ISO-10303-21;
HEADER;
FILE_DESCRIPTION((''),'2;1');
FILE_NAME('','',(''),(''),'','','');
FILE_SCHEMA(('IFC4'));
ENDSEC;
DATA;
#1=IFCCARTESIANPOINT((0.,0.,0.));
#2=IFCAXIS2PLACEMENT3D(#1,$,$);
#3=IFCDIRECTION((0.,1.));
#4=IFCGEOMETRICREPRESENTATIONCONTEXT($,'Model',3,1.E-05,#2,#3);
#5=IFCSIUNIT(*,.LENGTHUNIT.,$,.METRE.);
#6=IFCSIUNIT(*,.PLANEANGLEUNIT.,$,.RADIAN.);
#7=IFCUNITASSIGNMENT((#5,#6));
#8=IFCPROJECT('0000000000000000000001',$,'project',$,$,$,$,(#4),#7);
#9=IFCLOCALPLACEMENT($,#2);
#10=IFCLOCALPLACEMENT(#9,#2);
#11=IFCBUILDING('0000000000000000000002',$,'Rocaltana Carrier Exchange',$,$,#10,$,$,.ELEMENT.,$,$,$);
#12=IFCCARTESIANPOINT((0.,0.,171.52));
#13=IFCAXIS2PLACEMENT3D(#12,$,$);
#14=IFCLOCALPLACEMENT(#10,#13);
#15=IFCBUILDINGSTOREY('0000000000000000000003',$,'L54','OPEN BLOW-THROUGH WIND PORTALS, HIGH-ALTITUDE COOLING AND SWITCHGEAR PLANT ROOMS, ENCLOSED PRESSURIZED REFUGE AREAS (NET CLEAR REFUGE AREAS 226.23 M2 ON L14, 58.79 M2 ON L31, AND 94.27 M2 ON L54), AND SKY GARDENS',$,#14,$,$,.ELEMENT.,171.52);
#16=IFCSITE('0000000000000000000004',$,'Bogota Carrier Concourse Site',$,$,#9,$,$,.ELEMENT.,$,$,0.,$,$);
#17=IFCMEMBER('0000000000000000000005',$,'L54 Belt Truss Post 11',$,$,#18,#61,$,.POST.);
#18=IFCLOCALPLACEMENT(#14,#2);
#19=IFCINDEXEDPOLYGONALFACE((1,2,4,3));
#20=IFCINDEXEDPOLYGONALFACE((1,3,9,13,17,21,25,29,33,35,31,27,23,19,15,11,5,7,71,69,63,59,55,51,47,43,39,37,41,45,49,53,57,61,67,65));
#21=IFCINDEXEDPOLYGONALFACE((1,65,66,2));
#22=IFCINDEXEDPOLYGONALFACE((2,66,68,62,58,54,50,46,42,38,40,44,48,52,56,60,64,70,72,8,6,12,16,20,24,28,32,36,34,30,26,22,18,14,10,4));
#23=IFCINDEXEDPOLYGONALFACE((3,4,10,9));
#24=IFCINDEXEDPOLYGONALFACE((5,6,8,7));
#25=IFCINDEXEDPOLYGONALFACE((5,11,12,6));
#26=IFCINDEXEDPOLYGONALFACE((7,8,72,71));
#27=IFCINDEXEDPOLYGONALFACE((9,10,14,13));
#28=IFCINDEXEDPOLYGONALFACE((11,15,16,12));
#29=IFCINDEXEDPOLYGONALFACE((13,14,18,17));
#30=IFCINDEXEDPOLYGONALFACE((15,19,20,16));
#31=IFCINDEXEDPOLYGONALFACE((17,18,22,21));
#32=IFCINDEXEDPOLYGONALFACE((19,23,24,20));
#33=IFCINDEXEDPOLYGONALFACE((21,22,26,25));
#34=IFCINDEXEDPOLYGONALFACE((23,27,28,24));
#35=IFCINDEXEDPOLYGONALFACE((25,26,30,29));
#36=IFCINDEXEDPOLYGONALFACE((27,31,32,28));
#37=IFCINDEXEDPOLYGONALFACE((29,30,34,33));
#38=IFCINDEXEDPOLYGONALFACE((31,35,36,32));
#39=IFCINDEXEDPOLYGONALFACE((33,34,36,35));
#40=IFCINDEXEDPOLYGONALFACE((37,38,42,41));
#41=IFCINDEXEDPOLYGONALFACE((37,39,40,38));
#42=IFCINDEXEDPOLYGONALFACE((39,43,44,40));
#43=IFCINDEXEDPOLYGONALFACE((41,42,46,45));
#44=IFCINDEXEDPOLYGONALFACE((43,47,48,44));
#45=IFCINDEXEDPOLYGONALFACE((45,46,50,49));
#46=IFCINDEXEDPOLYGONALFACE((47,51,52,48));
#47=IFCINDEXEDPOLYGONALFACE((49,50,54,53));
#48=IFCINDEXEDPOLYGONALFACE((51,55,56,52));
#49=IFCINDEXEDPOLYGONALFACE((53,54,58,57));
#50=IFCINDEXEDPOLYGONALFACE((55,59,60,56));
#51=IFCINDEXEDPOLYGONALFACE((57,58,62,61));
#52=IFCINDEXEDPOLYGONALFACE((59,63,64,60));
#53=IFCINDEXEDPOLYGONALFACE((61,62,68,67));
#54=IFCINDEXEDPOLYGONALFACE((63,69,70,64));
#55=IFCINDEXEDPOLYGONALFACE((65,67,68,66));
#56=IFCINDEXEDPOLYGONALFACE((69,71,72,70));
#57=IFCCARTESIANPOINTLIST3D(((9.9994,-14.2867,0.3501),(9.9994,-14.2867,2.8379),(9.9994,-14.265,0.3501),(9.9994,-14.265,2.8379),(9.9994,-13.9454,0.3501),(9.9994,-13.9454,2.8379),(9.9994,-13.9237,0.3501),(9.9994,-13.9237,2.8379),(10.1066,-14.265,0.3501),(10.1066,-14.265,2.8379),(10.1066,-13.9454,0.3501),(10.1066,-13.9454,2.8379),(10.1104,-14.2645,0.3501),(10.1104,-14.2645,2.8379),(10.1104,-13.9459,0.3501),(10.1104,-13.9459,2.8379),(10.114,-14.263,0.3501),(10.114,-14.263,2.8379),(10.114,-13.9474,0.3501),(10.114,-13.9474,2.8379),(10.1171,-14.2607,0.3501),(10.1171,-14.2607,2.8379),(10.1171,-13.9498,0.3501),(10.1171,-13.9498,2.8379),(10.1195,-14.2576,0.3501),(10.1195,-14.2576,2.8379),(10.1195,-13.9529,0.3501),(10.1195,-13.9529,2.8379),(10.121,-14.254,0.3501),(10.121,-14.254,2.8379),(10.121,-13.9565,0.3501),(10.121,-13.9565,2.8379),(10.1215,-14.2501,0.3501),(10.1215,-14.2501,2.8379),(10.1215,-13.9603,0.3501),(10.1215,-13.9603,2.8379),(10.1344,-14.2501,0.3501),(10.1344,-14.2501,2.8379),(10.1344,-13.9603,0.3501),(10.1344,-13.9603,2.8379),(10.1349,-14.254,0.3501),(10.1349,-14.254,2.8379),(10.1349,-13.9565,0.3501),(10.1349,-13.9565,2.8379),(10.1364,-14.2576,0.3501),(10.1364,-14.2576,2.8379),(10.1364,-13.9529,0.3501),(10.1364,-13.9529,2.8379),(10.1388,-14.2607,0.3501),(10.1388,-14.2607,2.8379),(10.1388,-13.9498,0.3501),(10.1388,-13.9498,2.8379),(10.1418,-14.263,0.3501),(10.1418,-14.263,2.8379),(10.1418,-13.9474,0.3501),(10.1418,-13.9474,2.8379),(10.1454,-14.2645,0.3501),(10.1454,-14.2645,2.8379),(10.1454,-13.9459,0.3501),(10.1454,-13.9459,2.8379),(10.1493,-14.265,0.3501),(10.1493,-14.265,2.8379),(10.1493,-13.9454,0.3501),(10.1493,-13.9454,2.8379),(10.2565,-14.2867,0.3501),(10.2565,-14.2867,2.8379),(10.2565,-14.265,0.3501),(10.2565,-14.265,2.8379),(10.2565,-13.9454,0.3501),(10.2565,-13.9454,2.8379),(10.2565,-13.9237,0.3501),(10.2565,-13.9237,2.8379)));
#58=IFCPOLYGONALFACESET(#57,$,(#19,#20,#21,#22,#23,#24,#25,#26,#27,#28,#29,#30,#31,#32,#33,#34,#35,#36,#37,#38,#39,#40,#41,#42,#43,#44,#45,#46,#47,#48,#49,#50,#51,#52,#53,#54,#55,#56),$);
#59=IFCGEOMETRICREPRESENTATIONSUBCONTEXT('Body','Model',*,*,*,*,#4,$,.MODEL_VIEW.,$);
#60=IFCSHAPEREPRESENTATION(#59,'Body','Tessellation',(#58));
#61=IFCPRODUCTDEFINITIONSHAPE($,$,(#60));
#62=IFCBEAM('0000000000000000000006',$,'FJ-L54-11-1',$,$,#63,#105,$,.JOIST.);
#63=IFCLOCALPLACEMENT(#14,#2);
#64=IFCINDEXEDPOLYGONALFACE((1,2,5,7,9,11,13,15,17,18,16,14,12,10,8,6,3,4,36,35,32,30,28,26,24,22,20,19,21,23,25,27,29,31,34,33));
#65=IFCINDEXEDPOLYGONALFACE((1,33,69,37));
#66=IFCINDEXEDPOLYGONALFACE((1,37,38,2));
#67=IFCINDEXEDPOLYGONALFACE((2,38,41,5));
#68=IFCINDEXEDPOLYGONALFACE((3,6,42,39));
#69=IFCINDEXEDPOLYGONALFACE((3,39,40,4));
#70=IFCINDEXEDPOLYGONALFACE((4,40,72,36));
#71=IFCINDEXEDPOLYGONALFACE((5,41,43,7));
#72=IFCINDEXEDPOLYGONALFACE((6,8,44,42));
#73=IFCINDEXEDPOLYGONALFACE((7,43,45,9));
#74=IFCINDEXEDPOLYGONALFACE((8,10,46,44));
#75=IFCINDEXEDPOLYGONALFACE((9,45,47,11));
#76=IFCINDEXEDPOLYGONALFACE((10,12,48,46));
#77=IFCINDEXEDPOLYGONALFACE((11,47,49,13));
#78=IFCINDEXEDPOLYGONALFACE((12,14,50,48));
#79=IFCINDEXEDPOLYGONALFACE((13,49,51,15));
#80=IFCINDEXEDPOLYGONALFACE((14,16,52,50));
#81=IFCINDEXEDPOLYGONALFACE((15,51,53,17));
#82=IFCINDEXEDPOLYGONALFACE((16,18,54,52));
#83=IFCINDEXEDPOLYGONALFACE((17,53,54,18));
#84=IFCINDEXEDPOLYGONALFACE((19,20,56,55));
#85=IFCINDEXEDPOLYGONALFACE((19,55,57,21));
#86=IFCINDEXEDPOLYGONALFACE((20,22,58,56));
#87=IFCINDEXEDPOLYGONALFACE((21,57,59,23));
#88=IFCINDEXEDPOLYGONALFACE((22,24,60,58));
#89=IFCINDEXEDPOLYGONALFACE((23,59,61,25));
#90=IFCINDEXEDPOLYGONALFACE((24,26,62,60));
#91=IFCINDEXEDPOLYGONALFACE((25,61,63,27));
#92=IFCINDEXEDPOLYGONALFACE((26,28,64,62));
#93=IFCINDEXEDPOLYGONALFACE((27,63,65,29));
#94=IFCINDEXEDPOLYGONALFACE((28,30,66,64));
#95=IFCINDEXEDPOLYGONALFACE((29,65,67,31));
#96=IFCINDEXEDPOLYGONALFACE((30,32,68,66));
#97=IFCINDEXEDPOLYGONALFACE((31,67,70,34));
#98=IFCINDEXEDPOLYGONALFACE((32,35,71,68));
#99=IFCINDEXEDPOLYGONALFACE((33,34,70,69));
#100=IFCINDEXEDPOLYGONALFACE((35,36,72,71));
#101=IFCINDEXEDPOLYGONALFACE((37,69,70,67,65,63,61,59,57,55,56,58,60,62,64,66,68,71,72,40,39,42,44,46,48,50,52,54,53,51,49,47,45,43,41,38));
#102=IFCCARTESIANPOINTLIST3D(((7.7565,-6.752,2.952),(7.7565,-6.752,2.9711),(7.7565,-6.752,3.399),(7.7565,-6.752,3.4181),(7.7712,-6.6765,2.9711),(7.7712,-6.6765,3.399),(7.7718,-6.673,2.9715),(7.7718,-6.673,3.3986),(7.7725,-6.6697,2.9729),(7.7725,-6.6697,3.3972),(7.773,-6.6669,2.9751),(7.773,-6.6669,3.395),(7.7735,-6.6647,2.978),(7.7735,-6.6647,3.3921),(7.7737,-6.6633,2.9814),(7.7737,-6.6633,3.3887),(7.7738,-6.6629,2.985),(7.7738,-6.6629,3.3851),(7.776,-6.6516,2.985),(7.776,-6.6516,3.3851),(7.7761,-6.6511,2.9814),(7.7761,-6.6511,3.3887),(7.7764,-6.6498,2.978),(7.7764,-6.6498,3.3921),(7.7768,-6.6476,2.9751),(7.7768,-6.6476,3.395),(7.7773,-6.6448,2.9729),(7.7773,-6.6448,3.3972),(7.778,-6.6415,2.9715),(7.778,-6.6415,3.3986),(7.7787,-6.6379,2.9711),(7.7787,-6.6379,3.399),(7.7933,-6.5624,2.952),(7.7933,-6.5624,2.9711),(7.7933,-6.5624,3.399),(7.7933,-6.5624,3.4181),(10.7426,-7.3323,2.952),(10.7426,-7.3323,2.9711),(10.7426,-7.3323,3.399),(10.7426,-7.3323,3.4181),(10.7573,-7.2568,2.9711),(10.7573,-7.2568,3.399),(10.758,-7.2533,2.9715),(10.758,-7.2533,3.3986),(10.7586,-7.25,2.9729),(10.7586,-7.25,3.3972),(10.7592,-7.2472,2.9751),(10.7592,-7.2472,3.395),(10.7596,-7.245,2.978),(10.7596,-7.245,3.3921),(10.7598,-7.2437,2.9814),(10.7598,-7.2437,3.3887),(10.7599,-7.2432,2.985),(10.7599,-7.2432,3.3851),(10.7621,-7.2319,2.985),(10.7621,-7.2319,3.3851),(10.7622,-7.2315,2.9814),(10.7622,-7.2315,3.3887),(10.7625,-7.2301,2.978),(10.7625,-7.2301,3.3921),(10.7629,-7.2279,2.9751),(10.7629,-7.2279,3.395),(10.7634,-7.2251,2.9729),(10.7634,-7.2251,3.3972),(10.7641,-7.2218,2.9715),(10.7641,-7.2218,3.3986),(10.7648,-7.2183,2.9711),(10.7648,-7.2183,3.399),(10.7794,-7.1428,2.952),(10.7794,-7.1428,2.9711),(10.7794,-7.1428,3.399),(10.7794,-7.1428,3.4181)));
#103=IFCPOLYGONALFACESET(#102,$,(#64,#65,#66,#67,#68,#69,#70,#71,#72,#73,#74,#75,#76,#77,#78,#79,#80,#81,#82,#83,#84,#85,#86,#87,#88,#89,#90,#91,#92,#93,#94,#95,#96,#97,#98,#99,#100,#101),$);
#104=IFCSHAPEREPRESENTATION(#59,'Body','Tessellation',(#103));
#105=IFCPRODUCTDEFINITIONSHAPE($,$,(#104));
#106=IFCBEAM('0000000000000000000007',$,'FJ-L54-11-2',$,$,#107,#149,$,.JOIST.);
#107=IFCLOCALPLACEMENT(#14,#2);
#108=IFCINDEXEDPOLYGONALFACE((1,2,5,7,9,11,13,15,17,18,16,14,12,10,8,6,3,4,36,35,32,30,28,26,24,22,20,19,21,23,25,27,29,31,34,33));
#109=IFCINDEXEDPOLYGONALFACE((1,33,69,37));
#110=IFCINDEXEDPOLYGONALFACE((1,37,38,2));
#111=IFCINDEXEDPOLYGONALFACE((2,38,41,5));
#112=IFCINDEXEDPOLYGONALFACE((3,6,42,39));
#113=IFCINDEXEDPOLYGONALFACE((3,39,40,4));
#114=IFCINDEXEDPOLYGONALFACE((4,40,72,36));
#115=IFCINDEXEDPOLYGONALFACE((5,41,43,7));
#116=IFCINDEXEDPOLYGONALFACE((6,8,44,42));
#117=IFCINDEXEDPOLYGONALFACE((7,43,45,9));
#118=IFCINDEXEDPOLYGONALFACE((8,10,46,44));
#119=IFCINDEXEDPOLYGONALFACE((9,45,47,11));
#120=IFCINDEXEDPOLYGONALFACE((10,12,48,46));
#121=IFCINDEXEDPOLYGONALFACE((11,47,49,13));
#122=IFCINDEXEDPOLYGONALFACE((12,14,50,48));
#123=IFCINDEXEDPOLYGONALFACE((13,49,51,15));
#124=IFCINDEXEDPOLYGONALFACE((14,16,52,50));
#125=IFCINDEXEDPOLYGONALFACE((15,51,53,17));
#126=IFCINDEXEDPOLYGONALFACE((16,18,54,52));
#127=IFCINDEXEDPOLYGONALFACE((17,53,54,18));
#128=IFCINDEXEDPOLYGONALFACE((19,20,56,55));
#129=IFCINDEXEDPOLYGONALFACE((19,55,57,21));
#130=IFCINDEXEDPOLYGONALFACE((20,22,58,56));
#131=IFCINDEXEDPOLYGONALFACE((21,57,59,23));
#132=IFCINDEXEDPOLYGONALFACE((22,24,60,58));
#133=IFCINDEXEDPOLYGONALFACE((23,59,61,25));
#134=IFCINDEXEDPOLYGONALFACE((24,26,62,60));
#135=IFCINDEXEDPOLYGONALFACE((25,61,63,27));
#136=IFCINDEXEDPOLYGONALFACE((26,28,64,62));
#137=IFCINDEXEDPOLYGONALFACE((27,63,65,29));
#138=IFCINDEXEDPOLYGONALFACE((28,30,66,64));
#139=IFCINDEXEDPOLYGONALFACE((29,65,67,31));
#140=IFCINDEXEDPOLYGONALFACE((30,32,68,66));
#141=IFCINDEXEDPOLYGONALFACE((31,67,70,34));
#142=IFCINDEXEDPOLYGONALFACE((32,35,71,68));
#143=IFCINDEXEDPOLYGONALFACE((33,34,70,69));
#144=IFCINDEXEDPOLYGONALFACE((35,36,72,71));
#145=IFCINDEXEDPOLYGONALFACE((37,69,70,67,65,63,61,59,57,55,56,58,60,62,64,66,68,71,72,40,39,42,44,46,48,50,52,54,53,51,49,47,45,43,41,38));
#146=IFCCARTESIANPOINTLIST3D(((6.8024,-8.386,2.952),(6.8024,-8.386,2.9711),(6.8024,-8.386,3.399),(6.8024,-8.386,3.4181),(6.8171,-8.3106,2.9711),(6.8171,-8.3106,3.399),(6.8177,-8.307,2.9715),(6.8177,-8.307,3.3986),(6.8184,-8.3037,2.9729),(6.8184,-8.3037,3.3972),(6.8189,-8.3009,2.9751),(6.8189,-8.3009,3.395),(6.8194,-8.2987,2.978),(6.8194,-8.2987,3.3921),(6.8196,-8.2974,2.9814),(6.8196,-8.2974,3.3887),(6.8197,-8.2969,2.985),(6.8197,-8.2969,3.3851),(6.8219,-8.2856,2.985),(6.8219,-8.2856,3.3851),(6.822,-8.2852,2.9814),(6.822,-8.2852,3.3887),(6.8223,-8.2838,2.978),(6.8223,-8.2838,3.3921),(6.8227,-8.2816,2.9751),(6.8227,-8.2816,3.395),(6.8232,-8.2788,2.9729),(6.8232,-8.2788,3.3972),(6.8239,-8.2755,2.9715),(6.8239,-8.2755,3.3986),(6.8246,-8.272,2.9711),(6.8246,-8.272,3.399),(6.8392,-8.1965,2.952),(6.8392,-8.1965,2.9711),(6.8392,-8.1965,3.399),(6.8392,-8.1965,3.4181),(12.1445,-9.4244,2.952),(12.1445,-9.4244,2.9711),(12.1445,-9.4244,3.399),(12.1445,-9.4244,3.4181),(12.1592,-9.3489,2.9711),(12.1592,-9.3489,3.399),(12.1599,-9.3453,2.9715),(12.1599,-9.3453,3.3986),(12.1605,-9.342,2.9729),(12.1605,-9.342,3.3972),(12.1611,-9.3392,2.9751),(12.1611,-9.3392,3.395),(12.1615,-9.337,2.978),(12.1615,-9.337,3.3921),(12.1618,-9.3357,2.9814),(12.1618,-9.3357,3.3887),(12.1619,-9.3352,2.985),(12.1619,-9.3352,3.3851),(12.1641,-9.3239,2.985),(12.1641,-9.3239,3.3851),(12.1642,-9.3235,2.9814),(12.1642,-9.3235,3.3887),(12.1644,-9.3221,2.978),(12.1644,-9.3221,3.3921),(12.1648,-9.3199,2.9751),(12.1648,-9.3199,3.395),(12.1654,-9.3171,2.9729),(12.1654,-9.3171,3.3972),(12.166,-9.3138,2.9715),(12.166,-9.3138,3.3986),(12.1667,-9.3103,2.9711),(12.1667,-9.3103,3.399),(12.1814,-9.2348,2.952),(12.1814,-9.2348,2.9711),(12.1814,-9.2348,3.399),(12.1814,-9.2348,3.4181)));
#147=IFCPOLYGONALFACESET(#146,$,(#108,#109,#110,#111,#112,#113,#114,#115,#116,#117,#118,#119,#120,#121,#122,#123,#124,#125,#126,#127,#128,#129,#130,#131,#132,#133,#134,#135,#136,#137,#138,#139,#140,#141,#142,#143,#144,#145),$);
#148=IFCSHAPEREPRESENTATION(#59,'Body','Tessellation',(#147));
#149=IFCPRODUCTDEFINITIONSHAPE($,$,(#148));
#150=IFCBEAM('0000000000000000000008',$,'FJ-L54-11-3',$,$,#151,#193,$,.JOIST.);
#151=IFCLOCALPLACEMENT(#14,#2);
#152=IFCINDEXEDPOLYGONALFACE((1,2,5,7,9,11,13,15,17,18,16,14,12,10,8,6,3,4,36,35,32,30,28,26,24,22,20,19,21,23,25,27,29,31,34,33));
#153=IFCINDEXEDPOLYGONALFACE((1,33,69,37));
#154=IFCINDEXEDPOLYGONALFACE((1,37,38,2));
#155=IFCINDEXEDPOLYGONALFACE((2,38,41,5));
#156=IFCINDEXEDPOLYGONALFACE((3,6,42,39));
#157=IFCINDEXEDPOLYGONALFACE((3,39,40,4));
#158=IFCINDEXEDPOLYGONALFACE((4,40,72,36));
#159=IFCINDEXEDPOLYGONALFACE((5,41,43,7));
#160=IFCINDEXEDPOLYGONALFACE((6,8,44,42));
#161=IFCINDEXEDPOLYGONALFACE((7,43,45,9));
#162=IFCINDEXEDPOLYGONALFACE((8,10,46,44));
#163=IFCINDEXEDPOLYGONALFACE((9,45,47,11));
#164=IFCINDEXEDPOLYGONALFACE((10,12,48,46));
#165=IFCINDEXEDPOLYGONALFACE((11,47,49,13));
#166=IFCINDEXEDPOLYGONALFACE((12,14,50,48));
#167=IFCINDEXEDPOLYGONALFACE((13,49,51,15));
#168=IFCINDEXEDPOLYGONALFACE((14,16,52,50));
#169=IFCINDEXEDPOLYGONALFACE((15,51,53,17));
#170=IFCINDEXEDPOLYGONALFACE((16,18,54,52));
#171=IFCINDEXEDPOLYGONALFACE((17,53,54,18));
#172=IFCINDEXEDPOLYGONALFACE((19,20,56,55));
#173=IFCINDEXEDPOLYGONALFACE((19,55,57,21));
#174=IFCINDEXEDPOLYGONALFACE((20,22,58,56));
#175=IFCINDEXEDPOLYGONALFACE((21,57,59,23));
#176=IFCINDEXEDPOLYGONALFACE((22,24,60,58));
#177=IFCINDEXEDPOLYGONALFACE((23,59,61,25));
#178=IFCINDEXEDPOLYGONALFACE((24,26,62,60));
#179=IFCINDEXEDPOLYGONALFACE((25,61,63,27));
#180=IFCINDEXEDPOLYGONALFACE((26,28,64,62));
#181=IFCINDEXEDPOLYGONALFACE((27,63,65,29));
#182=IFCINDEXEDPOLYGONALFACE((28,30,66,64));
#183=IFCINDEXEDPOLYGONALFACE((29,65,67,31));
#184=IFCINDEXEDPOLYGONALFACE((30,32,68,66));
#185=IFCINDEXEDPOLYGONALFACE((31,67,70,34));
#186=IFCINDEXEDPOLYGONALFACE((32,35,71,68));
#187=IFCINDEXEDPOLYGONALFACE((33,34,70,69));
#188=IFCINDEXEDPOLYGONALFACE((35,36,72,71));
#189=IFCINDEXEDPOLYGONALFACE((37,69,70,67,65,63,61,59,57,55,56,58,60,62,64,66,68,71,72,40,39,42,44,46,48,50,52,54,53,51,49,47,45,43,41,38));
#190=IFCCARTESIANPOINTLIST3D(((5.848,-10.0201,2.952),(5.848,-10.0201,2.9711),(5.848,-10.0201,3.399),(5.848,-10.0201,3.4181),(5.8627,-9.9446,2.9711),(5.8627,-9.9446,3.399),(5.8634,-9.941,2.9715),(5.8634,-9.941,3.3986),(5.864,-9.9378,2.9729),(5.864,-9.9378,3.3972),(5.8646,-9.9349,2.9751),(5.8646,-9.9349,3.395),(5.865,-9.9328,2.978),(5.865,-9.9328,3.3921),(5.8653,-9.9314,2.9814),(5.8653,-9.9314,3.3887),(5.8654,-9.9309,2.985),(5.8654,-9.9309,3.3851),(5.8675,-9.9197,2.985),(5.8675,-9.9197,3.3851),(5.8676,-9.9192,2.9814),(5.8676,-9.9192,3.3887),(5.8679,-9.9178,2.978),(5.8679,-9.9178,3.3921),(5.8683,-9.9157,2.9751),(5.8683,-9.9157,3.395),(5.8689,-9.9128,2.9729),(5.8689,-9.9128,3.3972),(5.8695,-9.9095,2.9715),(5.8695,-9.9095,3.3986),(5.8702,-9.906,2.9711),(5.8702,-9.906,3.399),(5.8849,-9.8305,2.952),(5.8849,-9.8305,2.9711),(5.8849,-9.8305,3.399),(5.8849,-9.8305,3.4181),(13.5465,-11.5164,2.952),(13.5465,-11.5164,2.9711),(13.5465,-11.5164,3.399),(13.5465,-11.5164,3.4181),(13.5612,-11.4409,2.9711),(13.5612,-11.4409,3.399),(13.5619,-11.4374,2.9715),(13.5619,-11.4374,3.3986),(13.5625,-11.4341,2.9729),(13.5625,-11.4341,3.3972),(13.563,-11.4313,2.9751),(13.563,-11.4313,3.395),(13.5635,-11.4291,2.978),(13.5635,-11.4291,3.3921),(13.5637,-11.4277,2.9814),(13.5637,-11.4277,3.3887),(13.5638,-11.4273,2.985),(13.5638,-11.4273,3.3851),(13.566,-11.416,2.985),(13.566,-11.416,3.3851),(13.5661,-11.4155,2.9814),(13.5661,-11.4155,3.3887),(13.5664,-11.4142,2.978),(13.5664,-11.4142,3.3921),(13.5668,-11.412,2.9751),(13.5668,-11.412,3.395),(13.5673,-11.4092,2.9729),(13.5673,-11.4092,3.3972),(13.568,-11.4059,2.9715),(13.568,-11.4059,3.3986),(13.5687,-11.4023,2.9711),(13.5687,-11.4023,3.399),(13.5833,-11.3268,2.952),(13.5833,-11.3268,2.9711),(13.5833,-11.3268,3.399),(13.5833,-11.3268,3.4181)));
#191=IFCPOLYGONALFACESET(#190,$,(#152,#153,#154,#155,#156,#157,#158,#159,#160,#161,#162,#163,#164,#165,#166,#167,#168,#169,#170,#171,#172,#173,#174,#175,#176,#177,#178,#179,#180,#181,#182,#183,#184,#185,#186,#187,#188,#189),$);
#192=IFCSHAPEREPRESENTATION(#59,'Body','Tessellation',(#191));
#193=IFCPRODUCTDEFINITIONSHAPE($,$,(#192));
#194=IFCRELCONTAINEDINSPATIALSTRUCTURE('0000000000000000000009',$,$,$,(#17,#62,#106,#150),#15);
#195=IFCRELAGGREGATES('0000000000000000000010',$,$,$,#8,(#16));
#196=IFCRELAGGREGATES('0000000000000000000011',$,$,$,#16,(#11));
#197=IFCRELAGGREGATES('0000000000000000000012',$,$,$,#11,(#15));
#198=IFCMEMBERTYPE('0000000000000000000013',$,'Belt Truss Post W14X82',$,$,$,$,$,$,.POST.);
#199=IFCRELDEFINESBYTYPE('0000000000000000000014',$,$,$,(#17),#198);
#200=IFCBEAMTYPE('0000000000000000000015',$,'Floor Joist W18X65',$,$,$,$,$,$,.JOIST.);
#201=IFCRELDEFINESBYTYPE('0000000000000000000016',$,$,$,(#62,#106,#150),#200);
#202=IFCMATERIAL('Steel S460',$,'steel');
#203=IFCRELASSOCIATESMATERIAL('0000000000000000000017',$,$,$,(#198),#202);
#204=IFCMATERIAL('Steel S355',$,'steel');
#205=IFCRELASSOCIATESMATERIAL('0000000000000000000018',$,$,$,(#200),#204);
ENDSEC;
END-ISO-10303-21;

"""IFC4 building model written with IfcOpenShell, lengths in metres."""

from ifc_helpers import new_model, si_unit, direction, frame, origin, origin_2d, place, context, subcontext, project, spatial, i_section, extrude, material, material_profile, profile_set, type_object, element, save


model = new_model("IFC4")

# Units and contexts
model_context = context("Model", 3, precision=1e-05, world=origin(), true_north=direction((0.0, 1.0)))
body_context = subcontext(model_context, "Body", "Model", "MODEL_VIEW")
ifc_project = project(units=[si_unit("LENGTHUNIT", "METRE"), si_unit("PLANEANGLEUNIT", "RADIAN")], contexts=[model_context])

# Site, building, storey
site_placement = place(None, origin())
site = spatial("IfcSite", under=ifc_project, at=site_placement, Name="Bogota Carrier Concourse Site", CompositionType="ELEMENT", RefElevation=0.0)
building_placement = place(site_placement, origin())
building = spatial("IfcBuilding", under=site, at=building_placement, Name="Rocaltana Carrier Exchange", CompositionType="ELEMENT")
storey_placement = place(building_placement, frame((0.0, 0.0, 171.52)))
storey = spatial("IfcBuildingStorey", under=building, at=storey_placement, Name="L54", Description="OPEN BLOW-THROUGH WIND PORTALS, HIGH-ALTITUDE COOLING AND SWITCHGEAR PLANT ROOMS, ENCLOSED PRESSURIZED REFUGE AREAS (NET CLEAR REFUGE AREAS 226.23 M2 ON L14, 58.79 M2 ON L31, AND 94.27 M2 ON L54), AND SKY GARDENS", CompositionType="ELEMENT", Elevation=171.52)

# Member
ifc_material_1 = material(Name="Steel S460", Category="steel")
ifc_material_profile_1 = material_profile(ifc_material_1, i_section(OverallWidth=0.2571, OverallDepth=0.363, WebThickness=0.0129, FlangeThickness=0.0217, FilletRadius=0.0149, at=origin_2d()), Name="W14X82")
ifc_profile_set_1 = profile_set([ifc_material_profile_1], Name="Steel S460")
member_type_1 = type_object("IfcMemberType", Name="Belt Truss Post W14X82", PredefinedType="POST", material=ifc_profile_set_1)
member_1_placement = place(storey_placement, frame((10.1279, -14.1052, 0.3501), z_axis=(0.0, 0.0, 1.0), x_axis=(1.0, 0.0, 0.0)))
element("IfcMember", 1, at=member_1_placement, inside=storey, type_object=member_type_1, Name="L54 Belt Truss Post 11", PredefinedType="POST", context=body_context, shape_type="SweptSolid", body=[
    extrude(i_section(OverallWidth=0.2571, OverallDepth=0.363, WebThickness=0.0129, FlangeThickness=0.0217, FilletRadius=0.0149, at=origin_2d()), origin(), (0.0, 0.0, 1.0), 2.4878),
])

# Beams
ifc_material_2 = material(Name="Steel S355", Category="steel")
ifc_material_profile_2 = material_profile(ifc_material_2, i_section(OverallWidth=0.1931, OverallDepth=0.4661, WebThickness=0.0115, FlangeThickness=0.019, FilletRadius=0.0139, at=origin_2d()), Name="W18X65")
ifc_profile_set_2 = profile_set([ifc_material_profile_2], Name="Steel S355")
beam_type_1 = type_object("IfcBeamType", Name="Floor Joist W18X65", PredefinedType="JOIST", material=ifc_profile_set_2)
beam_1_placement = place(storey_placement, frame((7.7749, -6.6572, 3.1851), z_axis=(0.981634, -0.190773, 0.0), x_axis=(0.190773, 0.981634, 0.0)))
element("IfcBeam", 2, at=beam_1_placement, inside=storey, type_object=beam_type_1, Name="FJ-L54-11-1", PredefinedType="JOIST", context=body_context, shape_type="SweptSolid", body=[
    extrude(i_section(OverallWidth=0.1931, OverallDepth=0.4661, WebThickness=0.0115, FlangeThickness=0.019, FilletRadius=0.0139, at=origin_2d()), origin(), (0.0, 0.0, 1.0), 3.042),
])
beam_2_placement = place(storey_placement, frame((6.8208, -8.2913, 3.1851), z_axis=(0.981631, -0.19079, 0.0), x_axis=(0.19079, 0.981631, 0.0)))
element("IfcBeam", 3, at=beam_2_placement, inside=storey, type_object=beam_type_1, Name="FJ-L54-11-2", PredefinedType="JOIST", context=body_context, shape_type="SweptSolid", body=[
    extrude(i_section(OverallWidth=0.1931, OverallDepth=0.4661, WebThickness=0.0115, FlangeThickness=0.019, FilletRadius=0.0139, at=origin_2d()), origin(), (0.0, 0.0, 1.0), 5.4421),
])
beam_3_placement = place(storey_placement, frame((5.8665, -9.9253, 3.1851), z_axis=(0.981629, -0.190797, 0.0), x_axis=(0.190797, 0.981629, 0.0)))
element("IfcBeam", 4, at=beam_3_placement, inside=storey, type_object=beam_type_1, Name="FJ-L54-11-3", PredefinedType="JOIST", context=body_context, shape_type="SweptSolid", body=[
    extrude(i_section(OverallWidth=0.1931, OverallDepth=0.4661, WebThickness=0.0115, FlangeThickness=0.019, FilletRadius=0.0139, at=origin_2d()), origin(), (0.0, 0.0, 1.0), 7.8425),
])

save(model, "model.ifc")
